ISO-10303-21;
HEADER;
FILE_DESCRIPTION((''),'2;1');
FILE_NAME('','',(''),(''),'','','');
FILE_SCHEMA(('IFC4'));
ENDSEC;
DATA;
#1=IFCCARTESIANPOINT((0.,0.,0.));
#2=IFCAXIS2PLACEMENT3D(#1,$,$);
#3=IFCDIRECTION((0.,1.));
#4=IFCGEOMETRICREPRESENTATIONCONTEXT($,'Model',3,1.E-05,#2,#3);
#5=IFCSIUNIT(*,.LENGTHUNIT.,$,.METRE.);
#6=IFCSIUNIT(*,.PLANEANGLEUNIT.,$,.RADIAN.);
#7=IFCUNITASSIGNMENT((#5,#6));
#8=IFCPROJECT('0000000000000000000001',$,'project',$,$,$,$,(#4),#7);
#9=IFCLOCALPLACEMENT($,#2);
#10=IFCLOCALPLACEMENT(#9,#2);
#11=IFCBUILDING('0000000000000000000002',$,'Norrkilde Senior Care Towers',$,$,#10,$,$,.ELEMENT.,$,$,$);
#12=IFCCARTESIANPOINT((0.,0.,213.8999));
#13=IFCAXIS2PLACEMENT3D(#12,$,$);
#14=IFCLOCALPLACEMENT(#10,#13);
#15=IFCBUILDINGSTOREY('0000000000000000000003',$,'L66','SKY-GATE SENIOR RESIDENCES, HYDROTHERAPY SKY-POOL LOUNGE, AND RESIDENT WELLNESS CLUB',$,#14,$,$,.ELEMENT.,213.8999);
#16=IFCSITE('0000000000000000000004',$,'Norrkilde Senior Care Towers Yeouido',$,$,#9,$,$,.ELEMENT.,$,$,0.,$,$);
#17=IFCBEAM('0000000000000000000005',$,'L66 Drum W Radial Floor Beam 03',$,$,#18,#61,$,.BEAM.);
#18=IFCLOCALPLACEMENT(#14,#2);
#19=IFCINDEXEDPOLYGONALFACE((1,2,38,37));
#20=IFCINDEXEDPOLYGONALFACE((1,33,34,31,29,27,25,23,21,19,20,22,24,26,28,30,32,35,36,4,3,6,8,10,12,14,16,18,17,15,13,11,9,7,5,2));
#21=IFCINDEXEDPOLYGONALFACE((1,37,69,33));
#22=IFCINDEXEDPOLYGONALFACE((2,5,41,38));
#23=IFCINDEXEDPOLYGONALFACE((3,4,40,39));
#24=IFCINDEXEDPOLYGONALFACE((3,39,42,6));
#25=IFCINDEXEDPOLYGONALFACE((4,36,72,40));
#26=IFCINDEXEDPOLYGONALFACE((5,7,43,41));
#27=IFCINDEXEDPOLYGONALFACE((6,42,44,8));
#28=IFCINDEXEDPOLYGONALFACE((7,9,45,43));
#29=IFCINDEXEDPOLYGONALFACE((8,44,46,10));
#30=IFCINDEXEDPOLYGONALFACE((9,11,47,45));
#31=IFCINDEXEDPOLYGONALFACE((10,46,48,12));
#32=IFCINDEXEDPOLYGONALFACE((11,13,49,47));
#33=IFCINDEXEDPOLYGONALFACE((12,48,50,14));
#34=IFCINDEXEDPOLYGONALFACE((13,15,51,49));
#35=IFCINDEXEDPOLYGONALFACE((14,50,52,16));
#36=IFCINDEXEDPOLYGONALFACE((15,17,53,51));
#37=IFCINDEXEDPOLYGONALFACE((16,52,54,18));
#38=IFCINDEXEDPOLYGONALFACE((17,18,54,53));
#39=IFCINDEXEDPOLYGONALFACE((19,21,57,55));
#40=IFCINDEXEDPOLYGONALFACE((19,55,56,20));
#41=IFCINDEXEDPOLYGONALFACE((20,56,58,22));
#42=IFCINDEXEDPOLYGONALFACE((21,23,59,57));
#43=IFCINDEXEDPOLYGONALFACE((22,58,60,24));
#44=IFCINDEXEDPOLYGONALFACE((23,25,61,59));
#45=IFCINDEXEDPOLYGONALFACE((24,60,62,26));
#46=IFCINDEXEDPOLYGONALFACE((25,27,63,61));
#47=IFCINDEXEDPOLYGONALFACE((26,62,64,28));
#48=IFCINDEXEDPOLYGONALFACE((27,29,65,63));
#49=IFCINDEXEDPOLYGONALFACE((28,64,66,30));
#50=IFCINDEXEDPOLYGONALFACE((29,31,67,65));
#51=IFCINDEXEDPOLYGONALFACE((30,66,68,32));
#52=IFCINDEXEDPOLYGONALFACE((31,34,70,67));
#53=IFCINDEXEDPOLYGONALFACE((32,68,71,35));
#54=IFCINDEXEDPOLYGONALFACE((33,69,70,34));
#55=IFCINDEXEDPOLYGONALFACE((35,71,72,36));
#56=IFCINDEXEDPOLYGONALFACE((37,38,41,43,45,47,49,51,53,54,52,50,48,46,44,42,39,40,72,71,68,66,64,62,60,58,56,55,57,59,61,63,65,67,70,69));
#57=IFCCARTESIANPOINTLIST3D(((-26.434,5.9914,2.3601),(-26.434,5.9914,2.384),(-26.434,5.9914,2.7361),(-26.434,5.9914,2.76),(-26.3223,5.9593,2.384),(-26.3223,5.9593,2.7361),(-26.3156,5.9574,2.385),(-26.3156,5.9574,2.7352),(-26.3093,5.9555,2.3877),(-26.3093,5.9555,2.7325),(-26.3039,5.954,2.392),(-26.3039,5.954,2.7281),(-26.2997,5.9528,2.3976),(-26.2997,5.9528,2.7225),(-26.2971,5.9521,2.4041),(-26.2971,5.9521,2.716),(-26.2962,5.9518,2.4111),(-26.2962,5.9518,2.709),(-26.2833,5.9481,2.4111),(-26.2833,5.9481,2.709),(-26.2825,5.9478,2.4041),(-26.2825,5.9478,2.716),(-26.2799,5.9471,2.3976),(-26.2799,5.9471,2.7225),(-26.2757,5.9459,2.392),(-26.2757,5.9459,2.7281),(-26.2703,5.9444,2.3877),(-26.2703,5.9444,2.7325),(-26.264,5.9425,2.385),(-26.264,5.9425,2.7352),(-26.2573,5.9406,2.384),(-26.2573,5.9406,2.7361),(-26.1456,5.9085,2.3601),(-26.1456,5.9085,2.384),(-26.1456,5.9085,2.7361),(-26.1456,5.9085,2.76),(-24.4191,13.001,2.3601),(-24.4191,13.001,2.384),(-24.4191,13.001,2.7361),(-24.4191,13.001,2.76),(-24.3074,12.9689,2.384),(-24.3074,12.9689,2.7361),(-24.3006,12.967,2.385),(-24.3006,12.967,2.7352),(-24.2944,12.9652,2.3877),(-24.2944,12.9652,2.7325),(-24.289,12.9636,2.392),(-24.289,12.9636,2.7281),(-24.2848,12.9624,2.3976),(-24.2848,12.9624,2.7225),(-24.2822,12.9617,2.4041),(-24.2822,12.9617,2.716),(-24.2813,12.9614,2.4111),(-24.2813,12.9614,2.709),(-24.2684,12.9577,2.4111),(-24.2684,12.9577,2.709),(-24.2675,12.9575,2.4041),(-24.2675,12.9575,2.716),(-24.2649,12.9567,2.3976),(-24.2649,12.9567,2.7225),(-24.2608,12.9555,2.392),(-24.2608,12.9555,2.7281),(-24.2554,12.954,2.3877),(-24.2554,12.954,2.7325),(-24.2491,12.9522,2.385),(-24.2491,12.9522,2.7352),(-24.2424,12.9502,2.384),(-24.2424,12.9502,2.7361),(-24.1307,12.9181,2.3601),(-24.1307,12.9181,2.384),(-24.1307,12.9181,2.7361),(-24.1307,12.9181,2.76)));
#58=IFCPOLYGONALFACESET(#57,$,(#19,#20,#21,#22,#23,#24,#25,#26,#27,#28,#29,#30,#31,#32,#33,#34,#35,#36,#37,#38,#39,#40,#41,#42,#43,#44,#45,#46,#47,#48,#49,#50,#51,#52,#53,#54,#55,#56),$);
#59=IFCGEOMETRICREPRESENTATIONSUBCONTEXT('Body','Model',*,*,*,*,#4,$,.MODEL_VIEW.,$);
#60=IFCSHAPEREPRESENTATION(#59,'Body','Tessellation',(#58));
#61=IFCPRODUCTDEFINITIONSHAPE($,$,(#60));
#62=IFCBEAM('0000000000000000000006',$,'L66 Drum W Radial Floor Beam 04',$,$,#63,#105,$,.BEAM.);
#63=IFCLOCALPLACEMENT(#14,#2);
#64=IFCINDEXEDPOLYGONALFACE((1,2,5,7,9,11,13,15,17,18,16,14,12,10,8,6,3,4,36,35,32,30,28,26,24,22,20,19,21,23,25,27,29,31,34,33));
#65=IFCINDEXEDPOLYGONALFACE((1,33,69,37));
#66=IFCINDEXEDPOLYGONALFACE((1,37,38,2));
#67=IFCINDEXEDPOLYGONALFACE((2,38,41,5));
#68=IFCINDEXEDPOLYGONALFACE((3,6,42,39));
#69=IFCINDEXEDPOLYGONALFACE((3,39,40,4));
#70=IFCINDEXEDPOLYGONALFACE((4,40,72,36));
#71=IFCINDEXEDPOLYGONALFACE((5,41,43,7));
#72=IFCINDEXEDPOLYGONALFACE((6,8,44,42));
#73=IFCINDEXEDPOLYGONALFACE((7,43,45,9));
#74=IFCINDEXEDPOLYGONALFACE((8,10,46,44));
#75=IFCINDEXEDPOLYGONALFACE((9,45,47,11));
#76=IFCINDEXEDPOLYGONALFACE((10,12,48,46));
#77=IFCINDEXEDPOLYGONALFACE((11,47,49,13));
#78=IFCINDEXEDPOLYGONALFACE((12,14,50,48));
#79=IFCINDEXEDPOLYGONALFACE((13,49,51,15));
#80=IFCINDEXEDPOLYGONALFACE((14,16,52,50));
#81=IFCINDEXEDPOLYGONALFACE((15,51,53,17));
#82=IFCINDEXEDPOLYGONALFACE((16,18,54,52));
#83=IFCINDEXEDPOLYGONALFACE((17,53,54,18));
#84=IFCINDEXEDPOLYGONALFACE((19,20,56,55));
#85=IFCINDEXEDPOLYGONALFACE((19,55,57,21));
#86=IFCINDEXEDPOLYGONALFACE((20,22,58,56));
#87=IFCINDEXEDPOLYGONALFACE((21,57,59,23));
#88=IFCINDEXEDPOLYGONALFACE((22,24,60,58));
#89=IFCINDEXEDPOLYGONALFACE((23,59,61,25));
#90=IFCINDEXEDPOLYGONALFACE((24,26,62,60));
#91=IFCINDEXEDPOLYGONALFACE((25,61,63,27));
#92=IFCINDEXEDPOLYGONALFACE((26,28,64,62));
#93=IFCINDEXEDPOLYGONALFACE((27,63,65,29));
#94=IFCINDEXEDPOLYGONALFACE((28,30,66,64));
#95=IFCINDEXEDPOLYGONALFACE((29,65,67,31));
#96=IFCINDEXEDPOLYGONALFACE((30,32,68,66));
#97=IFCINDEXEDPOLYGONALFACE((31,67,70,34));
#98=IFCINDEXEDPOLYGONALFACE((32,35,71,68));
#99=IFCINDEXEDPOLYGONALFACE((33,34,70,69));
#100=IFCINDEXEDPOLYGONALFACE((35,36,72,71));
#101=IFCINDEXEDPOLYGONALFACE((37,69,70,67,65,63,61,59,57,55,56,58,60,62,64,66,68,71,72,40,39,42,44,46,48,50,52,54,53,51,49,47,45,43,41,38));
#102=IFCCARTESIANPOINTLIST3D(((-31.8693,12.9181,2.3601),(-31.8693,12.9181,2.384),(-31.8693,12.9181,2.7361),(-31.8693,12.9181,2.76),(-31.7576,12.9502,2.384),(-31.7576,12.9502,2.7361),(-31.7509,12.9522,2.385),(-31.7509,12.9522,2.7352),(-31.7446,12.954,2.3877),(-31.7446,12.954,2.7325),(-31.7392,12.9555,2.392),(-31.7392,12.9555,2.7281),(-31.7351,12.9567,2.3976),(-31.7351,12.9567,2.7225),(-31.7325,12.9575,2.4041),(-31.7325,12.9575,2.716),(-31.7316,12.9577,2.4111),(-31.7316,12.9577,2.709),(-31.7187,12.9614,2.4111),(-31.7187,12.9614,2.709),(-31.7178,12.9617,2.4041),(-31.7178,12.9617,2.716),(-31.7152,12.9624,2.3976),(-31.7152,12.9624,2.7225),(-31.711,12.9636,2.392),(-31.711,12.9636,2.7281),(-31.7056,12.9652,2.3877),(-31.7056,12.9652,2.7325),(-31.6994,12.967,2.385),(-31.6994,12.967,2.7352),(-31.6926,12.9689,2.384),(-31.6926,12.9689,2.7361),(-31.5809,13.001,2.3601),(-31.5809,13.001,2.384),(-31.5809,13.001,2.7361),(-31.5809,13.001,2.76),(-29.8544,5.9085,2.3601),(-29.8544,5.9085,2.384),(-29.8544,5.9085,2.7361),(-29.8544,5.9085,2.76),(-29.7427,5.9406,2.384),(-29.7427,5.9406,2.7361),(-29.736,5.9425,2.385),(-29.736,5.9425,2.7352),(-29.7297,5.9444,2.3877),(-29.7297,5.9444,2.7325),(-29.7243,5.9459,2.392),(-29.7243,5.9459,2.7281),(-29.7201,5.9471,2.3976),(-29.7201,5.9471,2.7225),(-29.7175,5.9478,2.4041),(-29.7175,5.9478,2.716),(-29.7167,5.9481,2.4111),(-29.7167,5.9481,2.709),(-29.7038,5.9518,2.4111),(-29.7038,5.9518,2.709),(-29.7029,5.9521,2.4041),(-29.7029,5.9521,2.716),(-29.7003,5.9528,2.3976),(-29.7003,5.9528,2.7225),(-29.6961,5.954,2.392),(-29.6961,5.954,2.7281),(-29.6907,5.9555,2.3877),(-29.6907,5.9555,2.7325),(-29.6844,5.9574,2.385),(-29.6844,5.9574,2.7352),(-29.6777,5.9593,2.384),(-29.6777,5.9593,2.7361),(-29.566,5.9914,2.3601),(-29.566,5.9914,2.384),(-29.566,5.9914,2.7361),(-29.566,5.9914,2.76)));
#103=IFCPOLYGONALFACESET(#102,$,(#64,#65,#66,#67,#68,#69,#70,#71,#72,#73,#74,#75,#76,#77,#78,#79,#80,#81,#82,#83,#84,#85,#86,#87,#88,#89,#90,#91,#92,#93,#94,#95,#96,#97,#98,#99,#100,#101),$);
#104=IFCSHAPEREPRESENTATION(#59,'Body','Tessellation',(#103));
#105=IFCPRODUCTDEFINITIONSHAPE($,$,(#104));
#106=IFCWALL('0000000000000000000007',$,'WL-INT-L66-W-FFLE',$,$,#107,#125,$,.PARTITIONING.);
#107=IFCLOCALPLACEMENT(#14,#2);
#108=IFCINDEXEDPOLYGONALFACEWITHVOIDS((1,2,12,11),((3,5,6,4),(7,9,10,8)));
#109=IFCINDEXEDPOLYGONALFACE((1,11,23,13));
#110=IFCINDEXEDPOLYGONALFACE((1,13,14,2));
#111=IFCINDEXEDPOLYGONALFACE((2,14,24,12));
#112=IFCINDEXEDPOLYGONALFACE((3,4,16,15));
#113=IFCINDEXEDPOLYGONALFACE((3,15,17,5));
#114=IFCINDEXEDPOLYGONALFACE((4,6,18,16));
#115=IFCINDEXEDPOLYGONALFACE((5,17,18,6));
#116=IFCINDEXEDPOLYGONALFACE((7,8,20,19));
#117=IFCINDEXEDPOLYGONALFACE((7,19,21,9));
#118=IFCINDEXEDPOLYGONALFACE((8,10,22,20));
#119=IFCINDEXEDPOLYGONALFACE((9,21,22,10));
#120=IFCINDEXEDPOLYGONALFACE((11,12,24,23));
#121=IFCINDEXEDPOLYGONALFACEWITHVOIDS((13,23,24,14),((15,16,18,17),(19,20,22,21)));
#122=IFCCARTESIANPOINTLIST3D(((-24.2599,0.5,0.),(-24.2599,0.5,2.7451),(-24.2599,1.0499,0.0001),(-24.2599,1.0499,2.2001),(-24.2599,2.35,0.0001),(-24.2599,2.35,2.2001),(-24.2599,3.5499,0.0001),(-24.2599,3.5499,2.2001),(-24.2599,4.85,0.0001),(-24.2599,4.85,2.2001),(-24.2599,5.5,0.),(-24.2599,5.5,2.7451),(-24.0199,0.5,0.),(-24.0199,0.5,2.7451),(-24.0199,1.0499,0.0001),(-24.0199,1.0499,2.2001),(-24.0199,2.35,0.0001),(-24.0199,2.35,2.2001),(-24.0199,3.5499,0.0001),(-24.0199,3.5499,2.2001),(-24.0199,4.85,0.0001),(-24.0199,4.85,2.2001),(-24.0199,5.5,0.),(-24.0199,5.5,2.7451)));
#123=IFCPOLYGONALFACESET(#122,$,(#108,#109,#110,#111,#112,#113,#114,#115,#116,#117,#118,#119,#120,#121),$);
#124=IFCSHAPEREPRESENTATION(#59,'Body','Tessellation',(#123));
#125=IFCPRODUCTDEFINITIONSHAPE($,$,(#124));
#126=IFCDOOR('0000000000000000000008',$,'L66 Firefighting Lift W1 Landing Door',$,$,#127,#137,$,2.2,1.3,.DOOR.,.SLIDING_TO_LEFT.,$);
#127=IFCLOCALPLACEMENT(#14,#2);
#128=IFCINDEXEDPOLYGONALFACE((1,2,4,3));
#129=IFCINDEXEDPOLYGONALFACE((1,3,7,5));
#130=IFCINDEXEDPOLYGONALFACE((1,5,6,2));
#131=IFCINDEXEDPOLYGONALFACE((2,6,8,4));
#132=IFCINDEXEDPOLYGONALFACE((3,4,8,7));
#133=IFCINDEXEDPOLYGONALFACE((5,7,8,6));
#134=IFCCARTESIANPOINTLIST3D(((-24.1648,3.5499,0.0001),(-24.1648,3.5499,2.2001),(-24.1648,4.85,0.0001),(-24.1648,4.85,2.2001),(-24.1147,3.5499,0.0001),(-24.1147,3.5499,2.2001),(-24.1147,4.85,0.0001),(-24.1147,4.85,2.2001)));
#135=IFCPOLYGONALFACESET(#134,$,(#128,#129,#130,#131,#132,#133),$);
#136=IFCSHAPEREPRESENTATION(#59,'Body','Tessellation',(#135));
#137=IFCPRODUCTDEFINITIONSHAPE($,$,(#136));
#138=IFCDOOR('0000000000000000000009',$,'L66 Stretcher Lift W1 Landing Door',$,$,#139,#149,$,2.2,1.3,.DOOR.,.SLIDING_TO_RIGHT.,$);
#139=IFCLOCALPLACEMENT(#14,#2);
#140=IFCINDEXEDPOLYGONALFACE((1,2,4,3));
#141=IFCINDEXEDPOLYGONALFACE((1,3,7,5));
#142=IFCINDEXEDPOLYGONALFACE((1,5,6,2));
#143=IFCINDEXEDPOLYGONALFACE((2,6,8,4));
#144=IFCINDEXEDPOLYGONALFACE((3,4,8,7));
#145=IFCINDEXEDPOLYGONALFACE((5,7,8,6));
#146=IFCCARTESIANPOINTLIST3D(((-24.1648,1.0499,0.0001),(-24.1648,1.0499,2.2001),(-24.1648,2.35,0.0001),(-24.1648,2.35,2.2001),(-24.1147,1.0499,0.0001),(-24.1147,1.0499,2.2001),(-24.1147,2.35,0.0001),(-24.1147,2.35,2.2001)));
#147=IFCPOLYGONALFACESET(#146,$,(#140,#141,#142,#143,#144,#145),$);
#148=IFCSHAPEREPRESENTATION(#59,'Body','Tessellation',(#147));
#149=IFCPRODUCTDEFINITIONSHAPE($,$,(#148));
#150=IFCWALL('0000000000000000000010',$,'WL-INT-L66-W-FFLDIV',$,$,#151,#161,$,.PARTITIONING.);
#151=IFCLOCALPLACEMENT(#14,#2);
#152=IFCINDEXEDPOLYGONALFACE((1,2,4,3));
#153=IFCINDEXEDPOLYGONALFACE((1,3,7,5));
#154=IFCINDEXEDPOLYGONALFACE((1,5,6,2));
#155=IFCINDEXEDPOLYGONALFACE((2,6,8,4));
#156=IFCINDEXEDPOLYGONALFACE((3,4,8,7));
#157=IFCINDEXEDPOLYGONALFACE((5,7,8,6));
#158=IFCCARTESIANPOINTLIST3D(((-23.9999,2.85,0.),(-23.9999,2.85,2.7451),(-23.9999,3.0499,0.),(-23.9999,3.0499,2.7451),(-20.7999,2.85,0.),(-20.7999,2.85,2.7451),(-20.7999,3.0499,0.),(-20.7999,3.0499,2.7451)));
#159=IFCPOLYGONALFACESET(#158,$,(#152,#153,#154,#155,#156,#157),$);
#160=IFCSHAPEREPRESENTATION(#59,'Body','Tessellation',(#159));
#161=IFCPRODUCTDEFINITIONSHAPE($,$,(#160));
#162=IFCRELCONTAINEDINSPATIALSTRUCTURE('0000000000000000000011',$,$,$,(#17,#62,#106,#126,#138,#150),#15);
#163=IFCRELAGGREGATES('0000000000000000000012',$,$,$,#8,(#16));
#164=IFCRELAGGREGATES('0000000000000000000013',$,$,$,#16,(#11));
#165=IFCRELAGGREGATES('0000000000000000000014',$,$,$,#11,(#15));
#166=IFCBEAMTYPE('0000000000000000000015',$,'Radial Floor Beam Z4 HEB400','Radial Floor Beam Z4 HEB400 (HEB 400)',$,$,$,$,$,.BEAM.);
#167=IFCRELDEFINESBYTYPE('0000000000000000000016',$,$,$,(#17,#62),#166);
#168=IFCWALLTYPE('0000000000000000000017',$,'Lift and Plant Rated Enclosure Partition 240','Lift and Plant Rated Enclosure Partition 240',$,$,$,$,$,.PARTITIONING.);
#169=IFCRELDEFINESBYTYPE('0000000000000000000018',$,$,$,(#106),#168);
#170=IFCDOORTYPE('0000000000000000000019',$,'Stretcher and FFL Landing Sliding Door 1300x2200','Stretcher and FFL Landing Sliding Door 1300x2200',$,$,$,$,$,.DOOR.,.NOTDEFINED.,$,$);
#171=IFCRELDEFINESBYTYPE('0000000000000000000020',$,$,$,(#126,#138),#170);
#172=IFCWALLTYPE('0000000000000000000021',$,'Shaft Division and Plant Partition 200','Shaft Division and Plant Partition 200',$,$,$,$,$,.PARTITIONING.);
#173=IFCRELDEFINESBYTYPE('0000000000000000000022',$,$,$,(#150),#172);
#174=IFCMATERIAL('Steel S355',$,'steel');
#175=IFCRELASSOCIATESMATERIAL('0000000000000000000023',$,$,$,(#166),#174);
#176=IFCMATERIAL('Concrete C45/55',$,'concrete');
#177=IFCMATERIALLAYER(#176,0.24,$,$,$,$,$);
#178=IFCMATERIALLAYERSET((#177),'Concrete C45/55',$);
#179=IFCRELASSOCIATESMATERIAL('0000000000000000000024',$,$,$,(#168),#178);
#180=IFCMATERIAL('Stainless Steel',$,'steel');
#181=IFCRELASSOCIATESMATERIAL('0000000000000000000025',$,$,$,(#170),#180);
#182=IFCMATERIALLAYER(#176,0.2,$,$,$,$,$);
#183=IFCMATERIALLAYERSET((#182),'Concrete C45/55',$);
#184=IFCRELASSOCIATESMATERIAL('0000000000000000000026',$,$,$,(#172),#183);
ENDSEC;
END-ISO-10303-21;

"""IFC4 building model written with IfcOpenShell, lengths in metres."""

from ifc_helpers import new_model, si_unit, direction, frame, frame_2d, origin, origin_2d, place, context, subcontext, project, spatial, rectangle, i_section, extrude, source, transform, mapped, material, layer, layer_set, material_profile, profile_set, type_object, type_shapes, element, fill, save


model = new_model("IFC4")

# Units and contexts
model_context = context("Model", 3, precision=1e-05, world=origin(), true_north=direction((0.0, 1.0)))
body_context = subcontext(model_context, "Body", "Model", "MODEL_VIEW")
ifc_project = project(units=[si_unit("LENGTHUNIT", "METRE"), si_unit("PLANEANGLEUNIT", "RADIAN")], contexts=[model_context])

# Site, building, storey
site_placement = place(None, origin())
site = spatial("IfcSite", under=ifc_project, at=site_placement, Name="Norrkilde Senior Care Towers Yeouido", CompositionType="ELEMENT", RefElevation=0.0)
building_placement = place(site_placement, origin())
building = spatial("IfcBuilding", under=site, at=building_placement, Name="Norrkilde Senior Care Towers", CompositionType="ELEMENT")
storey_placement = place(building_placement, frame((0.0, 0.0, 213.8999)))
storey = spatial("IfcBuildingStorey", under=building, at=storey_placement, Name="L66", Description="SKY-GATE SENIOR RESIDENCES, HYDROTHERAPY SKY-POOL LOUNGE, AND RESIDENT WELLNESS CLUB", CompositionType="ELEMENT", Elevation=213.8999)

# Beams
ifc_material_1 = material(Name="Steel S355", Category="steel")
ifc_material_profile = material_profile(ifc_material_1, i_section(OverallWidth=0.3, OverallDepth=0.3999, WebThickness=0.0134, FlangeThickness=0.0239, FilletRadius=0.0271, at=origin_2d()), Name="HEB 400")
ifc_profile_set = profile_set([ifc_material_profile], Name="Steel S355")
beam_type = type_object("IfcBeamType", Name="Radial Floor Beam Z4 HEB400", Description="Radial Floor Beam Z4 HEB400 (HEB 400)", PredefinedType="BEAM", material=ifc_profile_set)
shared_shape_1 = source(origin(), body_context, "Body", "SweptSolid", [
    extrude(i_section(OverallWidth=0.3, OverallDepth=0.3999, WebThickness=0.0134, FlangeThickness=0.0239, FilletRadius=0.0271, at=origin_2d()), origin(), (0.0, 0.0, 1.0), 7.2935),
])
type_shapes(beam_type, [shared_shape_1])
for number, where, z_axis, x_axis, name in (
    (1, (-26.2898, 5.95, 2.5601), (0.276264, 0.961082, 0.0), (-0.961082, 0.276264, 0.0), "L66 Drum W Radial Floor Beam 03"),
    (2, (-29.7102, 5.95, 2.5601), (-0.276264, 0.961082, 0.0), (-0.961082, -0.276264, 0.0), "L66 Drum W Radial Floor Beam 04"),
):
    element("IfcBeam", number, at=place(storey_placement, frame(where, z_axis=z_axis, x_axis=x_axis)), inside=storey, type_object=beam_type, Name=name, PredefinedType="BEAM", context=body_context, shape_type="MappedRepresentation", body=[
        mapped(shared_shape_1, transform((0.0, 0.0, 0.0), x_axis=(1.0, 0.0, 0.0), y_axis=(0.0, 1.0, 0.0), z_axis=(0.0, 0.0, 1.0), scale=1.0)),
    ])

# Shared definitions
ifc_material_2 = material(Name="Concrete C45/55", Category="concrete")

# Wall, openings, doors
ifc_layer_1 = layer(ifc_material_2, 0.24)
ifc_layer_set_1 = layer_set([ifc_layer_1], Name="Concrete C45/55")
wall_type_1 = type_object("IfcWallType", Name="Lift and Plant Rated Enclosure Partition 240", Description="Lift and Plant Rated Enclosure Partition 240", PredefinedType="PARTITIONING", material=ifc_layer_set_1)
shared_shape_2 = source(origin(), body_context, "Body", "SweptSolid", [
    extrude(rectangle(XDim=5.0, YDim=0.24, at=frame_2d((2.5, 0.0))), origin(), (0.0, 0.0, 1.0), 2.7451),
])
type_shapes(wall_type_1, [shared_shape_2])
wall_1_placement = place(storey_placement, frame((-24.1399, 0.5, 0.0), z_axis=(0.0, 0.0, 1.0), x_axis=(0.0, 1.0, 0.0)))
wall_1 = element("IfcWall", 3, at=wall_1_placement, inside=storey, type_object=wall_type_1, Name="WL-INT-L66-W-FFLE", PredefinedType="PARTITIONING", context=body_context, shape_type="MappedRepresentation", body=[
    mapped(shared_shape_2, transform((0.0, 0.0, 0.0), x_axis=(1.0, 0.0, 0.0), y_axis=(0.0, 1.0, 0.0), z_axis=(0.0, 0.0, 1.0), scale=1.0)),
])
opening_1_placement = place(wall_1_placement, frame((3.05, 0.0, 0.0)))
opening_1 = element("IfcOpeningElement", 4, at=opening_1_placement, cuts=wall_1, PredefinedType="OPENING", context=body_context, shape_type="SweptSolid", body=[
    extrude(rectangle(XDim=1.3, YDim=2.2, at=frame_2d((0.6499, 1.1001))), frame((0.0, 0.1299, 0.0), z_axis=(0.0, -1.0, 0.0), x_axis=(1.0, 0.0, 0.0)), (0.0, 0.0, 1.0), 0.26),
])
opening_2_placement = place(wall_1_placement, frame((0.55, 0.0, 0.0)))
opening_2 = element("IfcOpeningElement", 5, at=opening_2_placement, cuts=wall_1, PredefinedType="OPENING", context=body_context, shape_type="SweptSolid", body=[
    extrude(rectangle(XDim=1.3, YDim=2.2, at=frame_2d((0.6499, 1.1001))), frame((0.0, 0.1299, 0.0), z_axis=(0.0, -1.0, 0.0), x_axis=(1.0, 0.0, 0.0)), (0.0, 0.0, 1.0), 0.26),
])
ifc_material_3 = material(Name="Stainless Steel", Category="steel")
door_type_1 = type_object("IfcDoorType", Name="Stretcher and FFL Landing Sliding Door 1300x2200", Description="Stretcher and FFL Landing Sliding Door 1300x2200", OperationType="NOTDEFINED", PredefinedType="DOOR", material=ifc_material_3)
shared_shape_3 = source(origin(), body_context, "Body", "SweptSolid", [
    extrude(rectangle(XDim=1.3, YDim=2.2, at=frame_2d((0.6499, 1.1001))), frame((0.0, 0.0249, 0.0), z_axis=(0.0, -1.0, 0.0), x_axis=(1.0, 0.0, 0.0)), (0.0, 0.0, 1.0), 0.05),
])
type_shapes(door_type_1, [shared_shape_3])
door_1_placement = place(opening_1_placement, origin())
door_1 = element("IfcDoor", 6, at=door_1_placement, inside=storey, type_object=door_type_1, Name="L66 Firefighting Lift W1 Landing Door", OperationType="SLIDING_TO_LEFT", OverallHeight=2.2, OverallWidth=1.3, PredefinedType="DOOR", context=body_context, shape_type="MappedRepresentation", body=[
    mapped(shared_shape_3, transform((0.0, 0.0, 0.0), x_axis=(1.0, 0.0, 0.0), y_axis=(0.0, 1.0, 0.0), z_axis=(0.0, 0.0, 1.0), scale=1.0)),
])
fill(opening_1, door_1)
door_2_placement = place(opening_2_placement, origin())
door_2 = element("IfcDoor", 7, at=door_2_placement, inside=storey, type_object=door_type_1, Name="L66 Stretcher Lift W1 Landing Door", OperationType="SLIDING_TO_RIGHT", OverallHeight=2.2, OverallWidth=1.3, PredefinedType="DOOR", context=body_context, shape_type="MappedRepresentation", body=[
    mapped(shared_shape_3, transform((0.0, 0.0, 0.0), x_axis=(1.0, 0.0, 0.0), y_axis=(0.0, 1.0, 0.0), z_axis=(0.0, 0.0, 1.0), scale=1.0)),
])
fill(opening_2, door_2)

# Wall
ifc_layer_2 = layer(ifc_material_2, 0.2)
ifc_layer_set_2 = layer_set([ifc_layer_2], Name="Concrete C45/55")
wall_type_2 = type_object("IfcWallType", Name="Shaft Division and Plant Partition 200", Description="Shaft Division and Plant Partition 200", PredefinedType="PARTITIONING", material=ifc_layer_set_2)
shared_shape_4 = source(origin(), body_context, "Body", "SweptSolid", [
    extrude(rectangle(XDim=3.2, YDim=0.2, at=frame_2d((1.6001, 0.0))), origin(), (0.0, 0.0, 1.0), 2.7451),
])
type_shapes(wall_type_2, [shared_shape_4])
wall_2_placement = place(storey_placement, frame((-24.0, 2.95, 0.0), z_axis=(0.0, 0.0, 1.0), x_axis=(1.0, 0.0, 0.0)))
element("IfcWall", 8, at=wall_2_placement, inside=storey, type_object=wall_type_2, Name="WL-INT-L66-W-FFLDIV", PredefinedType="PARTITIONING", context=body_context, shape_type="MappedRepresentation", body=[
    mapped(shared_shape_4, transform((0.0, 0.0, 0.0), x_axis=(1.0, 0.0, 0.0), y_axis=(0.0, 1.0, 0.0), z_axis=(0.0, 0.0, 1.0), scale=1.0)),
])

save(model, "model.ifc")
